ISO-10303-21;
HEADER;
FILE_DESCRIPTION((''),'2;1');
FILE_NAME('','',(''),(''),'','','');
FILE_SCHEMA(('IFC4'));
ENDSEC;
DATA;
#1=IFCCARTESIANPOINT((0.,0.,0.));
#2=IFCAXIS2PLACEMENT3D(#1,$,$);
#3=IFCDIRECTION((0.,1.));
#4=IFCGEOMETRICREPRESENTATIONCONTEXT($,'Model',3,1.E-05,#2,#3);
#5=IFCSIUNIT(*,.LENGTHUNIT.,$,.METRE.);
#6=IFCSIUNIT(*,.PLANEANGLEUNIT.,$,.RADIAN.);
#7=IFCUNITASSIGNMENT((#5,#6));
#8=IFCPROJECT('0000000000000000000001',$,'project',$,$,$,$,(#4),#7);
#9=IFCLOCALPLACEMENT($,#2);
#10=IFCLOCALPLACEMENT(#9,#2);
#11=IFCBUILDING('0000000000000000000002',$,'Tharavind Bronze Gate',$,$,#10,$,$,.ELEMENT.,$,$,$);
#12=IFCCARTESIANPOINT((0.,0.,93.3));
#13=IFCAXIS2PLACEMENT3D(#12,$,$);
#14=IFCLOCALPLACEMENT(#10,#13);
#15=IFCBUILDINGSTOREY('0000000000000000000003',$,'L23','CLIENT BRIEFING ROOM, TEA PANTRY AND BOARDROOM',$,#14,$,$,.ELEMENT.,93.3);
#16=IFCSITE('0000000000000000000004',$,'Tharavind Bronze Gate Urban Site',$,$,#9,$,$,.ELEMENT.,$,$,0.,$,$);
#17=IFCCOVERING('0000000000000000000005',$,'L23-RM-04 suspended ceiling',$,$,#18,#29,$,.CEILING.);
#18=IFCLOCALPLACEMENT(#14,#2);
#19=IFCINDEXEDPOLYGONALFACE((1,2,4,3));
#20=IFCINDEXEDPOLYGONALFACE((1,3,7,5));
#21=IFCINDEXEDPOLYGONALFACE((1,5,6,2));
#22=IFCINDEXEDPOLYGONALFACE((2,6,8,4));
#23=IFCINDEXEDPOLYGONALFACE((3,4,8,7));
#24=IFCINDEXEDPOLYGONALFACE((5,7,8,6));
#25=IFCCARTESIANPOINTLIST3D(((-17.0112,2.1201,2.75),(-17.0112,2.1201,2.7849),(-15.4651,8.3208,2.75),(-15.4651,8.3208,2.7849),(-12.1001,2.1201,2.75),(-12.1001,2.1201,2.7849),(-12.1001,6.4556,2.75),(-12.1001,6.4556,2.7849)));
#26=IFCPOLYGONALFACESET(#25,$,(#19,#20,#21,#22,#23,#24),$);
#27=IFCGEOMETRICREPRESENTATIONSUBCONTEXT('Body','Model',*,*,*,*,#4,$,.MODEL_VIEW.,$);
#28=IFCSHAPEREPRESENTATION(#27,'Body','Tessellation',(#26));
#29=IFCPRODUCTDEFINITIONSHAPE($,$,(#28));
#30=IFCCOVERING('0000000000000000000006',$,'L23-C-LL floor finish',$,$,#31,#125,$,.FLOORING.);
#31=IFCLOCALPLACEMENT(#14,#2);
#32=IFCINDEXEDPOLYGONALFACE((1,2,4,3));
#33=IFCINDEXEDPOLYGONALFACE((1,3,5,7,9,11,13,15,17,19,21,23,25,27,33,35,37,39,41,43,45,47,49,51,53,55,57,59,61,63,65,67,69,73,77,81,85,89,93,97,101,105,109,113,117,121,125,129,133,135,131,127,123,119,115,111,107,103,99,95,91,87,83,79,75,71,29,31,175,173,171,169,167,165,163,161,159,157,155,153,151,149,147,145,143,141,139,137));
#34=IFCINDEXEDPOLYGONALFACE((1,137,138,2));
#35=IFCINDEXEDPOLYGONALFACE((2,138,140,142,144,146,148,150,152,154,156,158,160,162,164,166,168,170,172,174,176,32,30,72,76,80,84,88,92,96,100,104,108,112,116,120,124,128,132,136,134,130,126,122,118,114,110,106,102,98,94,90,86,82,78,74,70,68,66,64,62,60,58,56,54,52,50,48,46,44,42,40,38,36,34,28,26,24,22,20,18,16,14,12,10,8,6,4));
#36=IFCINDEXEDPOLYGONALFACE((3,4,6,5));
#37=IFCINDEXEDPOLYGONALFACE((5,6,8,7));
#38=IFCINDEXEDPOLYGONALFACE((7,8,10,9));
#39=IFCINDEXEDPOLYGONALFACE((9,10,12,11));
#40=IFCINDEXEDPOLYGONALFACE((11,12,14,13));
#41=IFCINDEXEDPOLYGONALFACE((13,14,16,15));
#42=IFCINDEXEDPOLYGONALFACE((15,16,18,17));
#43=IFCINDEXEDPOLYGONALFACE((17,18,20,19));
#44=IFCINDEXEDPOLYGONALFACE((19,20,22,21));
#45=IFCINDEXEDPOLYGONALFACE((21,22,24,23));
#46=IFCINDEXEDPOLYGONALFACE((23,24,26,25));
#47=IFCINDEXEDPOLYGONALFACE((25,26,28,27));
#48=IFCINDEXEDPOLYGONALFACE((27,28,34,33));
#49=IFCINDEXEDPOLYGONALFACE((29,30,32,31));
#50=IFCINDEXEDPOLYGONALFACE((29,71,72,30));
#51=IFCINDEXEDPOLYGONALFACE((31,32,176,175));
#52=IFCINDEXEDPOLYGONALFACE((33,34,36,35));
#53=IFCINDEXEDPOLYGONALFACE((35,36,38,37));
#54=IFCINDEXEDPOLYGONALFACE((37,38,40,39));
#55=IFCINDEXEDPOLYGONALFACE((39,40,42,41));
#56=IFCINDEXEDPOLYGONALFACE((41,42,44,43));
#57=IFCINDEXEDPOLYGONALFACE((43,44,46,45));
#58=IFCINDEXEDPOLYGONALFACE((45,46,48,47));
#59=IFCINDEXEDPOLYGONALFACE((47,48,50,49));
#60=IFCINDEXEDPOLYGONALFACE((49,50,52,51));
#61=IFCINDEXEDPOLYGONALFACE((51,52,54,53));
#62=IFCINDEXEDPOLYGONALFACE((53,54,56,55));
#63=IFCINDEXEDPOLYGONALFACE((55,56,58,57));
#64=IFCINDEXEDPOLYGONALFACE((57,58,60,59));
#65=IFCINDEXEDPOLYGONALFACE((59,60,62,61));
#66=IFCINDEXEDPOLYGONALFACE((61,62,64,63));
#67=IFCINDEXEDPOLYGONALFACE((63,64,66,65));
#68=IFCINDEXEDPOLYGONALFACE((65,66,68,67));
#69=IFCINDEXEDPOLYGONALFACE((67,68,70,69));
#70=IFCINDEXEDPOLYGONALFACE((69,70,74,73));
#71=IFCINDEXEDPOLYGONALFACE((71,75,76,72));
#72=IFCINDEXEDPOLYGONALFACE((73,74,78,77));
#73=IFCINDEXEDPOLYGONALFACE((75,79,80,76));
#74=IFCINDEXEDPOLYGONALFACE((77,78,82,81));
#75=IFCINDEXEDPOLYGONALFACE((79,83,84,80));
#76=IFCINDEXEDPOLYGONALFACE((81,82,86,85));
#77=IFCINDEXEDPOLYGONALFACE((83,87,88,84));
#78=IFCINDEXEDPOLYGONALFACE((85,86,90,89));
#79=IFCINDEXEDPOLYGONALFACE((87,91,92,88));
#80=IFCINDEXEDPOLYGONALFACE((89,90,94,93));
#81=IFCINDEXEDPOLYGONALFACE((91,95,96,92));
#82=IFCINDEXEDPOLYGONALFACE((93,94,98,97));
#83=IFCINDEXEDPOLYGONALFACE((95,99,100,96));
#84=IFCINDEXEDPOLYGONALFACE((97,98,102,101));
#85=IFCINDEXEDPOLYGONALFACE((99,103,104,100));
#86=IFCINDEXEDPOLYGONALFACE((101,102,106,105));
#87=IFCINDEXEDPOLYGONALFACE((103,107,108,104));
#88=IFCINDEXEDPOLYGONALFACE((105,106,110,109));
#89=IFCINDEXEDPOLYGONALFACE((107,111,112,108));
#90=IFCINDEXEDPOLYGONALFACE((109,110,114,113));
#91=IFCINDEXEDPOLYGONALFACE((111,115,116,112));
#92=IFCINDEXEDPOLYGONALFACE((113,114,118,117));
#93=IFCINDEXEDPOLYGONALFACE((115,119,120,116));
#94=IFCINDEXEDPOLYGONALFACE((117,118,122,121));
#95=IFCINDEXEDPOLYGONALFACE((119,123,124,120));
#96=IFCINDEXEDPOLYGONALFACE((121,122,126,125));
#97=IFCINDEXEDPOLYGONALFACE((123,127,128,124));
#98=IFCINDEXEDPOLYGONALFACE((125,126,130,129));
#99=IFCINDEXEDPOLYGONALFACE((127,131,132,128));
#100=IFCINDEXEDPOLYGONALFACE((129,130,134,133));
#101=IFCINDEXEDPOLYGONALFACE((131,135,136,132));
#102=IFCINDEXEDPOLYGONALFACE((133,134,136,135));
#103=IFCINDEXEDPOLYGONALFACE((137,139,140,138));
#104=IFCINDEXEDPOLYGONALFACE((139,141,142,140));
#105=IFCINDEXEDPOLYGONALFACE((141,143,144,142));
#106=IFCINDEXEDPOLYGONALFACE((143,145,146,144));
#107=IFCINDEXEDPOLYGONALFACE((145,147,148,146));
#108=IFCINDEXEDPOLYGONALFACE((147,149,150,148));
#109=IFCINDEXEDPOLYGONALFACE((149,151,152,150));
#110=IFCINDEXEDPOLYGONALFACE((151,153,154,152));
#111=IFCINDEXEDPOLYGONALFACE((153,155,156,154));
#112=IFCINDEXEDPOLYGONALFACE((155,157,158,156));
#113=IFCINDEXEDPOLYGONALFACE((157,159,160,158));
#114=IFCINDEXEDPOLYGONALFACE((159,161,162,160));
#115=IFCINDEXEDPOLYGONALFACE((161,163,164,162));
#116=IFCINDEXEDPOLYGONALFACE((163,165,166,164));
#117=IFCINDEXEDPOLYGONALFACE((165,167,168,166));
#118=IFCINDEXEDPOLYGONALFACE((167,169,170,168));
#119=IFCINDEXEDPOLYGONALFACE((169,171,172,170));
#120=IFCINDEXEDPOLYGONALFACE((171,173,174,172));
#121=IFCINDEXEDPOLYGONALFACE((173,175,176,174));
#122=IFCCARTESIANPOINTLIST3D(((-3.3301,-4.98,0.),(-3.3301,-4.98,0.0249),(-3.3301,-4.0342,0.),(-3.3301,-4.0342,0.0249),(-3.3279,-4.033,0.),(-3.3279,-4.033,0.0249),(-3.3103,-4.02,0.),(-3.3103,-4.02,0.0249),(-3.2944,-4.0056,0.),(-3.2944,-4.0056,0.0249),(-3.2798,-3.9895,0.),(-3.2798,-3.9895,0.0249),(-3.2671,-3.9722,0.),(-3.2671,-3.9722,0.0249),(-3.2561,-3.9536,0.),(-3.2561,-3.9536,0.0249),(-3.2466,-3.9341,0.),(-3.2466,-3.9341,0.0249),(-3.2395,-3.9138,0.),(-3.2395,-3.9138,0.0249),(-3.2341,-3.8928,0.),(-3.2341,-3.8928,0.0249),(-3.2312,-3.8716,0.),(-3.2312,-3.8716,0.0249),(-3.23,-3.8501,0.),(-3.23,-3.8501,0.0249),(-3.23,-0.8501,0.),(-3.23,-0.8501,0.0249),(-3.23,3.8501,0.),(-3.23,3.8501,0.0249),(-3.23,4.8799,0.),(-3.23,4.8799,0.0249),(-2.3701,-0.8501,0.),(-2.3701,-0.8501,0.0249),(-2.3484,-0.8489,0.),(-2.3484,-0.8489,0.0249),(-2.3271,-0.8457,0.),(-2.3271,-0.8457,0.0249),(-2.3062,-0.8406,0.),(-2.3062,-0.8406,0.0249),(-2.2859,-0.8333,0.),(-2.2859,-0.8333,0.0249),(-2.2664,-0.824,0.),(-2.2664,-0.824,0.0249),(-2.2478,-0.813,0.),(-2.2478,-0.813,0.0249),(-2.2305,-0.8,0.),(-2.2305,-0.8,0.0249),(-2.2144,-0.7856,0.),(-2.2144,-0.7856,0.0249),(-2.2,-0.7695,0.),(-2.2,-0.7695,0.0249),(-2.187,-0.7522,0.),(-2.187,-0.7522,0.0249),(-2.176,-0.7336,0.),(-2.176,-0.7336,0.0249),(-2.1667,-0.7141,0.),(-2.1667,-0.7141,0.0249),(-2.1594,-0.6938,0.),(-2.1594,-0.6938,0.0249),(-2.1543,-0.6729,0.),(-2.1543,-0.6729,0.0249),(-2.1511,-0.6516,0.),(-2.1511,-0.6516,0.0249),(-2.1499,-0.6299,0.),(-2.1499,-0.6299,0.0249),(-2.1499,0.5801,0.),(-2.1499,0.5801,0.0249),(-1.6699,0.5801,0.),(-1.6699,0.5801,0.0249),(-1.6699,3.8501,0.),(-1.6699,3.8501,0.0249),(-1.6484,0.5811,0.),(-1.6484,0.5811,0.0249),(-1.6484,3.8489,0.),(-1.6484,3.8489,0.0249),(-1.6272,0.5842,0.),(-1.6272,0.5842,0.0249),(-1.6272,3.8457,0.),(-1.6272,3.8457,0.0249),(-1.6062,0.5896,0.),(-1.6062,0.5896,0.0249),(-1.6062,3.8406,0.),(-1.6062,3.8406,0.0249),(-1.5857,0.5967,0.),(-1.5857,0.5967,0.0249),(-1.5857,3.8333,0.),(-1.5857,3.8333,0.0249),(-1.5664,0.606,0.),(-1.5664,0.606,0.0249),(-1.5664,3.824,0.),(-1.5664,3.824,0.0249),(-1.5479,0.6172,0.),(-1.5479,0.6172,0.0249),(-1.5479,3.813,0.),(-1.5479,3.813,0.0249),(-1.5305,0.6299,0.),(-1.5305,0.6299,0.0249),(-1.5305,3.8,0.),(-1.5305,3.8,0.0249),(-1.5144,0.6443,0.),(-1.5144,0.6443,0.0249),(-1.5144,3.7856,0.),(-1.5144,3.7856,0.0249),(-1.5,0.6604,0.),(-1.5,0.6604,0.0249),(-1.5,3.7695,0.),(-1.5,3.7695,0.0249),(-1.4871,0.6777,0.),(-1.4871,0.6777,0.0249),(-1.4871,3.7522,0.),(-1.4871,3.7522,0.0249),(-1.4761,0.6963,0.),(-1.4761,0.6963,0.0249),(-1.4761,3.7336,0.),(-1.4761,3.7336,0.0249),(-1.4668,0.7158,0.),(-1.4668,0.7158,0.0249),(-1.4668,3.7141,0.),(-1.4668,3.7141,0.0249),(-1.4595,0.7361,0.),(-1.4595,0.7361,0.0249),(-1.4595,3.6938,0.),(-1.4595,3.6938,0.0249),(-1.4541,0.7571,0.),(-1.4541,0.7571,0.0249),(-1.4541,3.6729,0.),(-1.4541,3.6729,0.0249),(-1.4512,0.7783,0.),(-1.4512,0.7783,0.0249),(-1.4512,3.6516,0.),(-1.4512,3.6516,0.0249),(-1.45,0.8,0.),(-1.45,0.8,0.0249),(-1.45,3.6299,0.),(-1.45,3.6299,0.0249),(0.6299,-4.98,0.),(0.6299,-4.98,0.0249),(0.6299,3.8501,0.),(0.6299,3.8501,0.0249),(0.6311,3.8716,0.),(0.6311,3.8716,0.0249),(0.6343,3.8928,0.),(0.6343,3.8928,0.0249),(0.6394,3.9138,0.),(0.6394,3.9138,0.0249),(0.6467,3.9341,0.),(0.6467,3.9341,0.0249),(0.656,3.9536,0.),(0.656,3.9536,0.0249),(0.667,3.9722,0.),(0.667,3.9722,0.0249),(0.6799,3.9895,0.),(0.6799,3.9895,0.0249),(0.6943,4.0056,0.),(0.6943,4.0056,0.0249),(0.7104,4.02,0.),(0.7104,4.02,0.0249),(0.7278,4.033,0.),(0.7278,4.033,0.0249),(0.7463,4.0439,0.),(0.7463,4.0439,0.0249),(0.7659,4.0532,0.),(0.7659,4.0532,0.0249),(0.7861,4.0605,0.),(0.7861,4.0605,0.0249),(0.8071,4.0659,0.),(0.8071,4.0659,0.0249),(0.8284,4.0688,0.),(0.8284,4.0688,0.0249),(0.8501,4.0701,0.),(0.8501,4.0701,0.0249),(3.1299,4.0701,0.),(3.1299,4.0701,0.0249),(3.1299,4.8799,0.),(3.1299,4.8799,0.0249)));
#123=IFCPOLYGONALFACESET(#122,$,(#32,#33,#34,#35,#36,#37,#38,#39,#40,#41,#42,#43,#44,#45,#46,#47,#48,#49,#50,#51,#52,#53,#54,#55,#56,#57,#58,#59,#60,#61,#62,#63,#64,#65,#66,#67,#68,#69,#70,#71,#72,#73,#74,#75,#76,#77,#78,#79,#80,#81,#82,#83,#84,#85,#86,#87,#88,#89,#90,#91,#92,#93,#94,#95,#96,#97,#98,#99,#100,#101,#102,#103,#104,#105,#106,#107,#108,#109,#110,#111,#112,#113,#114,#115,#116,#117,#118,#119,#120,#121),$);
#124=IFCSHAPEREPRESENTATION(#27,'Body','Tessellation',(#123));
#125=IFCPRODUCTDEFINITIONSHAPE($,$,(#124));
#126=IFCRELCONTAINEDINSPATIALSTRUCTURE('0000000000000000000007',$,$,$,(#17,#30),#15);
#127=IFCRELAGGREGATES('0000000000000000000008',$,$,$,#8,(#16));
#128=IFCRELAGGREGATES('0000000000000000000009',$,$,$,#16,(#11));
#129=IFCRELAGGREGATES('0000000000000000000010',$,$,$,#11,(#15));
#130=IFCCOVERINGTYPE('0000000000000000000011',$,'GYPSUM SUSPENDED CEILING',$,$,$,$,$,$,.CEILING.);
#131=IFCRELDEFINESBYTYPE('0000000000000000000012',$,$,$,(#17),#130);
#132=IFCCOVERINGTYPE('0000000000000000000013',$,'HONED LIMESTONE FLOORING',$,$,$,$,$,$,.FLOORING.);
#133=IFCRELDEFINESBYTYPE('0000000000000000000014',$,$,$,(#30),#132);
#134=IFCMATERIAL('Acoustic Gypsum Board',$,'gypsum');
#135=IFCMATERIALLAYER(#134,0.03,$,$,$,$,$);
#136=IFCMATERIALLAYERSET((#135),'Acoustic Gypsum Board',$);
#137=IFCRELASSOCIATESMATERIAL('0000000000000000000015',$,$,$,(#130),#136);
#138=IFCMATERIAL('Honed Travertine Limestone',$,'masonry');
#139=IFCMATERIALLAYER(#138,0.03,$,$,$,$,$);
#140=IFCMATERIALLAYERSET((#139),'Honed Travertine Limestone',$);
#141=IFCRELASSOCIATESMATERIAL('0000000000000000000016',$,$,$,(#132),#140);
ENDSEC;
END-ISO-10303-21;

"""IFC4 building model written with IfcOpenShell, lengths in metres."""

from ifc_helpers import new_model, si_unit, direction, frame, origin, place, context, subcontext, project, spatial, polyline, outline, extrude, material, layer, layer_set, type_object, element, save


model = new_model("IFC4")

# Units and contexts
model_context = context("Model", 3, precision=1e-05, world=origin(), true_north=direction((0.0, 1.0)))
body_context = subcontext(model_context, "Body", "Model", "MODEL_VIEW")
ifc_project = project(units=[si_unit("LENGTHUNIT", "METRE"), si_unit("PLANEANGLEUNIT", "RADIAN")], contexts=[model_context])

# Site, building, storey
site_placement = place(None, origin())
site = spatial("IfcSite", under=ifc_project, at=site_placement, Name="Tharavind Bronze Gate Urban Site", CompositionType="ELEMENT", RefElevation=0.0)
building_placement = place(site_placement, origin())
building = spatial("IfcBuilding", under=site, at=building_placement, Name="Tharavind Bronze Gate", CompositionType="ELEMENT")
storey_placement = place(building_placement, frame((0.0, 0.0, 93.3)))
storey = spatial("IfcBuildingStorey", under=building, at=storey_placement, Name="L23", Description="CLIENT BRIEFING ROOM, TEA PANTRY AND BOARDROOM", CompositionType="ELEMENT", Elevation=93.3)

# Coverings
ifc_material_1 = material(Name="Acoustic Gypsum Board", Category="gypsum")
ifc_layer_1 = layer(ifc_material_1, 0.03)
ifc_layer_set_1 = layer_set([ifc_layer_1], Name="Acoustic Gypsum Board")
covering_type_1 = type_object("IfcCoveringType", Name="GYPSUM SUSPENDED CEILING", PredefinedType="CEILING", material=ifc_layer_set_1)
covering_1_placement = place(storey_placement, frame((0.0, 0.0, 2.75)))
element("IfcCovering", 1, at=covering_1_placement, inside=storey, type_object=covering_type_1, Name="L23-RM-04 suspended ceiling", PredefinedType="CEILING", context=body_context, shape_type="SweptSolid", body=[
    extrude(outline(polyline([(-12.1001, 2.1201), (-12.1001, 6.4556), (-15.4651, 8.3208), (-17.0112, 2.1201), (-12.1001, 2.1201)])), origin(), (0.0, 0.0, 1.0), 0.0349),
])
ifc_material_2 = material(Name="Honed Travertine Limestone", Category="masonry")
ifc_layer_2 = layer(ifc_material_2, 0.03)
ifc_layer_set_2 = layer_set([ifc_layer_2], Name="Honed Travertine Limestone")
covering_type_2 = type_object("IfcCoveringType", Name="HONED LIMESTONE FLOORING", PredefinedType="FLOORING", material=ifc_layer_set_2)
covering_2_placement = place(storey_placement, origin())
element("IfcCovering", 2, at=covering_2_placement, inside=storey, type_object=covering_type_2, Name="L23-C-LL floor finish", PredefinedType="FLOORING", context=body_context, shape_type="SweptSolid", body=[
    extrude(outline(polyline([(-3.3301, -4.98), (0.6299, -4.98), (0.6299, 3.8501), (0.6311, 3.8716), (0.6343, 3.8928), (0.6394, 3.9138), (0.6467, 3.9341), (0.656, 3.9536), (0.667, 3.9722), (0.6799, 3.9895), (0.6943, 4.0056), (0.7104, 4.02), (0.7278, 4.033), (0.7463, 4.0439), (0.7659, 4.0532), (0.7861, 4.0605), (0.8071, 4.0659), (0.8284, 4.0688), (0.8501, 4.0701), (3.1299, 4.0701), (3.1299, 4.8799), (-3.23, 4.8799), (-3.23, 3.8501), (-1.6699, 3.8501), (-1.6484, 3.8489), (-1.6272, 3.8457), (-1.6062, 3.8406), (-1.5857, 3.8333), (-1.5664, 3.824), (-1.5479, 3.813), (-1.5305, 3.8), (-1.5144, 3.7856), (-1.5, 3.7695), (-1.4871, 3.7522), (-1.4761, 3.7336), (-1.4668, 3.7141), (-1.4595, 3.6938), (-1.4541, 3.6729), (-1.4512, 3.6516), (-1.45, 3.6299), (-1.45, 0.8), (-1.4512, 0.7783), (-1.4541, 0.7571), (-1.4595, 0.7361), (-1.4668, 0.7158), (-1.4761, 0.6963), (-1.4871, 0.6777), (-1.5, 0.6604), (-1.5144, 0.6443), (-1.5305, 0.6299), (-1.5479, 0.6172), (-1.5664, 0.606), (-1.5857, 0.5967), (-1.6062, 0.5896), (-1.6272, 0.5842), (-1.6484, 0.5811), (-1.6699, 0.5801), (-2.1499, 0.5801), (-2.1499, -0.6299), (-2.1511, -0.6516), (-2.1543, -0.6729), (-2.1594, -0.6938), (-2.1667, -0.7141), (-2.176, -0.7336), (-2.187, -0.7522), (-2.2, -0.7695), (-2.2144, -0.7856), (-2.2305, -0.8), (-2.2478, -0.813), (-2.2664, -0.824), (-2.2859, -0.8333), (-2.3062, -0.8406), (-2.3271, -0.8457), (-2.3484, -0.8489), (-2.3701, -0.8501), (-3.23, -0.8501), (-3.23, -3.8501), (-3.2312, -3.8716), (-3.2341, -3.8928), (-3.2395, -3.9138), (-3.2466, -3.9341), (-3.2561, -3.9536), (-3.2671, -3.9722), (-3.2798, -3.9895), (-3.2944, -4.0056), (-3.3103, -4.02), (-3.3279, -4.033), (-3.3301, -4.0342), (-3.3301, -4.98)])), origin(), (0.0, 0.0, 1.0), 0.0249),
])

save(model, "model.ifc")
